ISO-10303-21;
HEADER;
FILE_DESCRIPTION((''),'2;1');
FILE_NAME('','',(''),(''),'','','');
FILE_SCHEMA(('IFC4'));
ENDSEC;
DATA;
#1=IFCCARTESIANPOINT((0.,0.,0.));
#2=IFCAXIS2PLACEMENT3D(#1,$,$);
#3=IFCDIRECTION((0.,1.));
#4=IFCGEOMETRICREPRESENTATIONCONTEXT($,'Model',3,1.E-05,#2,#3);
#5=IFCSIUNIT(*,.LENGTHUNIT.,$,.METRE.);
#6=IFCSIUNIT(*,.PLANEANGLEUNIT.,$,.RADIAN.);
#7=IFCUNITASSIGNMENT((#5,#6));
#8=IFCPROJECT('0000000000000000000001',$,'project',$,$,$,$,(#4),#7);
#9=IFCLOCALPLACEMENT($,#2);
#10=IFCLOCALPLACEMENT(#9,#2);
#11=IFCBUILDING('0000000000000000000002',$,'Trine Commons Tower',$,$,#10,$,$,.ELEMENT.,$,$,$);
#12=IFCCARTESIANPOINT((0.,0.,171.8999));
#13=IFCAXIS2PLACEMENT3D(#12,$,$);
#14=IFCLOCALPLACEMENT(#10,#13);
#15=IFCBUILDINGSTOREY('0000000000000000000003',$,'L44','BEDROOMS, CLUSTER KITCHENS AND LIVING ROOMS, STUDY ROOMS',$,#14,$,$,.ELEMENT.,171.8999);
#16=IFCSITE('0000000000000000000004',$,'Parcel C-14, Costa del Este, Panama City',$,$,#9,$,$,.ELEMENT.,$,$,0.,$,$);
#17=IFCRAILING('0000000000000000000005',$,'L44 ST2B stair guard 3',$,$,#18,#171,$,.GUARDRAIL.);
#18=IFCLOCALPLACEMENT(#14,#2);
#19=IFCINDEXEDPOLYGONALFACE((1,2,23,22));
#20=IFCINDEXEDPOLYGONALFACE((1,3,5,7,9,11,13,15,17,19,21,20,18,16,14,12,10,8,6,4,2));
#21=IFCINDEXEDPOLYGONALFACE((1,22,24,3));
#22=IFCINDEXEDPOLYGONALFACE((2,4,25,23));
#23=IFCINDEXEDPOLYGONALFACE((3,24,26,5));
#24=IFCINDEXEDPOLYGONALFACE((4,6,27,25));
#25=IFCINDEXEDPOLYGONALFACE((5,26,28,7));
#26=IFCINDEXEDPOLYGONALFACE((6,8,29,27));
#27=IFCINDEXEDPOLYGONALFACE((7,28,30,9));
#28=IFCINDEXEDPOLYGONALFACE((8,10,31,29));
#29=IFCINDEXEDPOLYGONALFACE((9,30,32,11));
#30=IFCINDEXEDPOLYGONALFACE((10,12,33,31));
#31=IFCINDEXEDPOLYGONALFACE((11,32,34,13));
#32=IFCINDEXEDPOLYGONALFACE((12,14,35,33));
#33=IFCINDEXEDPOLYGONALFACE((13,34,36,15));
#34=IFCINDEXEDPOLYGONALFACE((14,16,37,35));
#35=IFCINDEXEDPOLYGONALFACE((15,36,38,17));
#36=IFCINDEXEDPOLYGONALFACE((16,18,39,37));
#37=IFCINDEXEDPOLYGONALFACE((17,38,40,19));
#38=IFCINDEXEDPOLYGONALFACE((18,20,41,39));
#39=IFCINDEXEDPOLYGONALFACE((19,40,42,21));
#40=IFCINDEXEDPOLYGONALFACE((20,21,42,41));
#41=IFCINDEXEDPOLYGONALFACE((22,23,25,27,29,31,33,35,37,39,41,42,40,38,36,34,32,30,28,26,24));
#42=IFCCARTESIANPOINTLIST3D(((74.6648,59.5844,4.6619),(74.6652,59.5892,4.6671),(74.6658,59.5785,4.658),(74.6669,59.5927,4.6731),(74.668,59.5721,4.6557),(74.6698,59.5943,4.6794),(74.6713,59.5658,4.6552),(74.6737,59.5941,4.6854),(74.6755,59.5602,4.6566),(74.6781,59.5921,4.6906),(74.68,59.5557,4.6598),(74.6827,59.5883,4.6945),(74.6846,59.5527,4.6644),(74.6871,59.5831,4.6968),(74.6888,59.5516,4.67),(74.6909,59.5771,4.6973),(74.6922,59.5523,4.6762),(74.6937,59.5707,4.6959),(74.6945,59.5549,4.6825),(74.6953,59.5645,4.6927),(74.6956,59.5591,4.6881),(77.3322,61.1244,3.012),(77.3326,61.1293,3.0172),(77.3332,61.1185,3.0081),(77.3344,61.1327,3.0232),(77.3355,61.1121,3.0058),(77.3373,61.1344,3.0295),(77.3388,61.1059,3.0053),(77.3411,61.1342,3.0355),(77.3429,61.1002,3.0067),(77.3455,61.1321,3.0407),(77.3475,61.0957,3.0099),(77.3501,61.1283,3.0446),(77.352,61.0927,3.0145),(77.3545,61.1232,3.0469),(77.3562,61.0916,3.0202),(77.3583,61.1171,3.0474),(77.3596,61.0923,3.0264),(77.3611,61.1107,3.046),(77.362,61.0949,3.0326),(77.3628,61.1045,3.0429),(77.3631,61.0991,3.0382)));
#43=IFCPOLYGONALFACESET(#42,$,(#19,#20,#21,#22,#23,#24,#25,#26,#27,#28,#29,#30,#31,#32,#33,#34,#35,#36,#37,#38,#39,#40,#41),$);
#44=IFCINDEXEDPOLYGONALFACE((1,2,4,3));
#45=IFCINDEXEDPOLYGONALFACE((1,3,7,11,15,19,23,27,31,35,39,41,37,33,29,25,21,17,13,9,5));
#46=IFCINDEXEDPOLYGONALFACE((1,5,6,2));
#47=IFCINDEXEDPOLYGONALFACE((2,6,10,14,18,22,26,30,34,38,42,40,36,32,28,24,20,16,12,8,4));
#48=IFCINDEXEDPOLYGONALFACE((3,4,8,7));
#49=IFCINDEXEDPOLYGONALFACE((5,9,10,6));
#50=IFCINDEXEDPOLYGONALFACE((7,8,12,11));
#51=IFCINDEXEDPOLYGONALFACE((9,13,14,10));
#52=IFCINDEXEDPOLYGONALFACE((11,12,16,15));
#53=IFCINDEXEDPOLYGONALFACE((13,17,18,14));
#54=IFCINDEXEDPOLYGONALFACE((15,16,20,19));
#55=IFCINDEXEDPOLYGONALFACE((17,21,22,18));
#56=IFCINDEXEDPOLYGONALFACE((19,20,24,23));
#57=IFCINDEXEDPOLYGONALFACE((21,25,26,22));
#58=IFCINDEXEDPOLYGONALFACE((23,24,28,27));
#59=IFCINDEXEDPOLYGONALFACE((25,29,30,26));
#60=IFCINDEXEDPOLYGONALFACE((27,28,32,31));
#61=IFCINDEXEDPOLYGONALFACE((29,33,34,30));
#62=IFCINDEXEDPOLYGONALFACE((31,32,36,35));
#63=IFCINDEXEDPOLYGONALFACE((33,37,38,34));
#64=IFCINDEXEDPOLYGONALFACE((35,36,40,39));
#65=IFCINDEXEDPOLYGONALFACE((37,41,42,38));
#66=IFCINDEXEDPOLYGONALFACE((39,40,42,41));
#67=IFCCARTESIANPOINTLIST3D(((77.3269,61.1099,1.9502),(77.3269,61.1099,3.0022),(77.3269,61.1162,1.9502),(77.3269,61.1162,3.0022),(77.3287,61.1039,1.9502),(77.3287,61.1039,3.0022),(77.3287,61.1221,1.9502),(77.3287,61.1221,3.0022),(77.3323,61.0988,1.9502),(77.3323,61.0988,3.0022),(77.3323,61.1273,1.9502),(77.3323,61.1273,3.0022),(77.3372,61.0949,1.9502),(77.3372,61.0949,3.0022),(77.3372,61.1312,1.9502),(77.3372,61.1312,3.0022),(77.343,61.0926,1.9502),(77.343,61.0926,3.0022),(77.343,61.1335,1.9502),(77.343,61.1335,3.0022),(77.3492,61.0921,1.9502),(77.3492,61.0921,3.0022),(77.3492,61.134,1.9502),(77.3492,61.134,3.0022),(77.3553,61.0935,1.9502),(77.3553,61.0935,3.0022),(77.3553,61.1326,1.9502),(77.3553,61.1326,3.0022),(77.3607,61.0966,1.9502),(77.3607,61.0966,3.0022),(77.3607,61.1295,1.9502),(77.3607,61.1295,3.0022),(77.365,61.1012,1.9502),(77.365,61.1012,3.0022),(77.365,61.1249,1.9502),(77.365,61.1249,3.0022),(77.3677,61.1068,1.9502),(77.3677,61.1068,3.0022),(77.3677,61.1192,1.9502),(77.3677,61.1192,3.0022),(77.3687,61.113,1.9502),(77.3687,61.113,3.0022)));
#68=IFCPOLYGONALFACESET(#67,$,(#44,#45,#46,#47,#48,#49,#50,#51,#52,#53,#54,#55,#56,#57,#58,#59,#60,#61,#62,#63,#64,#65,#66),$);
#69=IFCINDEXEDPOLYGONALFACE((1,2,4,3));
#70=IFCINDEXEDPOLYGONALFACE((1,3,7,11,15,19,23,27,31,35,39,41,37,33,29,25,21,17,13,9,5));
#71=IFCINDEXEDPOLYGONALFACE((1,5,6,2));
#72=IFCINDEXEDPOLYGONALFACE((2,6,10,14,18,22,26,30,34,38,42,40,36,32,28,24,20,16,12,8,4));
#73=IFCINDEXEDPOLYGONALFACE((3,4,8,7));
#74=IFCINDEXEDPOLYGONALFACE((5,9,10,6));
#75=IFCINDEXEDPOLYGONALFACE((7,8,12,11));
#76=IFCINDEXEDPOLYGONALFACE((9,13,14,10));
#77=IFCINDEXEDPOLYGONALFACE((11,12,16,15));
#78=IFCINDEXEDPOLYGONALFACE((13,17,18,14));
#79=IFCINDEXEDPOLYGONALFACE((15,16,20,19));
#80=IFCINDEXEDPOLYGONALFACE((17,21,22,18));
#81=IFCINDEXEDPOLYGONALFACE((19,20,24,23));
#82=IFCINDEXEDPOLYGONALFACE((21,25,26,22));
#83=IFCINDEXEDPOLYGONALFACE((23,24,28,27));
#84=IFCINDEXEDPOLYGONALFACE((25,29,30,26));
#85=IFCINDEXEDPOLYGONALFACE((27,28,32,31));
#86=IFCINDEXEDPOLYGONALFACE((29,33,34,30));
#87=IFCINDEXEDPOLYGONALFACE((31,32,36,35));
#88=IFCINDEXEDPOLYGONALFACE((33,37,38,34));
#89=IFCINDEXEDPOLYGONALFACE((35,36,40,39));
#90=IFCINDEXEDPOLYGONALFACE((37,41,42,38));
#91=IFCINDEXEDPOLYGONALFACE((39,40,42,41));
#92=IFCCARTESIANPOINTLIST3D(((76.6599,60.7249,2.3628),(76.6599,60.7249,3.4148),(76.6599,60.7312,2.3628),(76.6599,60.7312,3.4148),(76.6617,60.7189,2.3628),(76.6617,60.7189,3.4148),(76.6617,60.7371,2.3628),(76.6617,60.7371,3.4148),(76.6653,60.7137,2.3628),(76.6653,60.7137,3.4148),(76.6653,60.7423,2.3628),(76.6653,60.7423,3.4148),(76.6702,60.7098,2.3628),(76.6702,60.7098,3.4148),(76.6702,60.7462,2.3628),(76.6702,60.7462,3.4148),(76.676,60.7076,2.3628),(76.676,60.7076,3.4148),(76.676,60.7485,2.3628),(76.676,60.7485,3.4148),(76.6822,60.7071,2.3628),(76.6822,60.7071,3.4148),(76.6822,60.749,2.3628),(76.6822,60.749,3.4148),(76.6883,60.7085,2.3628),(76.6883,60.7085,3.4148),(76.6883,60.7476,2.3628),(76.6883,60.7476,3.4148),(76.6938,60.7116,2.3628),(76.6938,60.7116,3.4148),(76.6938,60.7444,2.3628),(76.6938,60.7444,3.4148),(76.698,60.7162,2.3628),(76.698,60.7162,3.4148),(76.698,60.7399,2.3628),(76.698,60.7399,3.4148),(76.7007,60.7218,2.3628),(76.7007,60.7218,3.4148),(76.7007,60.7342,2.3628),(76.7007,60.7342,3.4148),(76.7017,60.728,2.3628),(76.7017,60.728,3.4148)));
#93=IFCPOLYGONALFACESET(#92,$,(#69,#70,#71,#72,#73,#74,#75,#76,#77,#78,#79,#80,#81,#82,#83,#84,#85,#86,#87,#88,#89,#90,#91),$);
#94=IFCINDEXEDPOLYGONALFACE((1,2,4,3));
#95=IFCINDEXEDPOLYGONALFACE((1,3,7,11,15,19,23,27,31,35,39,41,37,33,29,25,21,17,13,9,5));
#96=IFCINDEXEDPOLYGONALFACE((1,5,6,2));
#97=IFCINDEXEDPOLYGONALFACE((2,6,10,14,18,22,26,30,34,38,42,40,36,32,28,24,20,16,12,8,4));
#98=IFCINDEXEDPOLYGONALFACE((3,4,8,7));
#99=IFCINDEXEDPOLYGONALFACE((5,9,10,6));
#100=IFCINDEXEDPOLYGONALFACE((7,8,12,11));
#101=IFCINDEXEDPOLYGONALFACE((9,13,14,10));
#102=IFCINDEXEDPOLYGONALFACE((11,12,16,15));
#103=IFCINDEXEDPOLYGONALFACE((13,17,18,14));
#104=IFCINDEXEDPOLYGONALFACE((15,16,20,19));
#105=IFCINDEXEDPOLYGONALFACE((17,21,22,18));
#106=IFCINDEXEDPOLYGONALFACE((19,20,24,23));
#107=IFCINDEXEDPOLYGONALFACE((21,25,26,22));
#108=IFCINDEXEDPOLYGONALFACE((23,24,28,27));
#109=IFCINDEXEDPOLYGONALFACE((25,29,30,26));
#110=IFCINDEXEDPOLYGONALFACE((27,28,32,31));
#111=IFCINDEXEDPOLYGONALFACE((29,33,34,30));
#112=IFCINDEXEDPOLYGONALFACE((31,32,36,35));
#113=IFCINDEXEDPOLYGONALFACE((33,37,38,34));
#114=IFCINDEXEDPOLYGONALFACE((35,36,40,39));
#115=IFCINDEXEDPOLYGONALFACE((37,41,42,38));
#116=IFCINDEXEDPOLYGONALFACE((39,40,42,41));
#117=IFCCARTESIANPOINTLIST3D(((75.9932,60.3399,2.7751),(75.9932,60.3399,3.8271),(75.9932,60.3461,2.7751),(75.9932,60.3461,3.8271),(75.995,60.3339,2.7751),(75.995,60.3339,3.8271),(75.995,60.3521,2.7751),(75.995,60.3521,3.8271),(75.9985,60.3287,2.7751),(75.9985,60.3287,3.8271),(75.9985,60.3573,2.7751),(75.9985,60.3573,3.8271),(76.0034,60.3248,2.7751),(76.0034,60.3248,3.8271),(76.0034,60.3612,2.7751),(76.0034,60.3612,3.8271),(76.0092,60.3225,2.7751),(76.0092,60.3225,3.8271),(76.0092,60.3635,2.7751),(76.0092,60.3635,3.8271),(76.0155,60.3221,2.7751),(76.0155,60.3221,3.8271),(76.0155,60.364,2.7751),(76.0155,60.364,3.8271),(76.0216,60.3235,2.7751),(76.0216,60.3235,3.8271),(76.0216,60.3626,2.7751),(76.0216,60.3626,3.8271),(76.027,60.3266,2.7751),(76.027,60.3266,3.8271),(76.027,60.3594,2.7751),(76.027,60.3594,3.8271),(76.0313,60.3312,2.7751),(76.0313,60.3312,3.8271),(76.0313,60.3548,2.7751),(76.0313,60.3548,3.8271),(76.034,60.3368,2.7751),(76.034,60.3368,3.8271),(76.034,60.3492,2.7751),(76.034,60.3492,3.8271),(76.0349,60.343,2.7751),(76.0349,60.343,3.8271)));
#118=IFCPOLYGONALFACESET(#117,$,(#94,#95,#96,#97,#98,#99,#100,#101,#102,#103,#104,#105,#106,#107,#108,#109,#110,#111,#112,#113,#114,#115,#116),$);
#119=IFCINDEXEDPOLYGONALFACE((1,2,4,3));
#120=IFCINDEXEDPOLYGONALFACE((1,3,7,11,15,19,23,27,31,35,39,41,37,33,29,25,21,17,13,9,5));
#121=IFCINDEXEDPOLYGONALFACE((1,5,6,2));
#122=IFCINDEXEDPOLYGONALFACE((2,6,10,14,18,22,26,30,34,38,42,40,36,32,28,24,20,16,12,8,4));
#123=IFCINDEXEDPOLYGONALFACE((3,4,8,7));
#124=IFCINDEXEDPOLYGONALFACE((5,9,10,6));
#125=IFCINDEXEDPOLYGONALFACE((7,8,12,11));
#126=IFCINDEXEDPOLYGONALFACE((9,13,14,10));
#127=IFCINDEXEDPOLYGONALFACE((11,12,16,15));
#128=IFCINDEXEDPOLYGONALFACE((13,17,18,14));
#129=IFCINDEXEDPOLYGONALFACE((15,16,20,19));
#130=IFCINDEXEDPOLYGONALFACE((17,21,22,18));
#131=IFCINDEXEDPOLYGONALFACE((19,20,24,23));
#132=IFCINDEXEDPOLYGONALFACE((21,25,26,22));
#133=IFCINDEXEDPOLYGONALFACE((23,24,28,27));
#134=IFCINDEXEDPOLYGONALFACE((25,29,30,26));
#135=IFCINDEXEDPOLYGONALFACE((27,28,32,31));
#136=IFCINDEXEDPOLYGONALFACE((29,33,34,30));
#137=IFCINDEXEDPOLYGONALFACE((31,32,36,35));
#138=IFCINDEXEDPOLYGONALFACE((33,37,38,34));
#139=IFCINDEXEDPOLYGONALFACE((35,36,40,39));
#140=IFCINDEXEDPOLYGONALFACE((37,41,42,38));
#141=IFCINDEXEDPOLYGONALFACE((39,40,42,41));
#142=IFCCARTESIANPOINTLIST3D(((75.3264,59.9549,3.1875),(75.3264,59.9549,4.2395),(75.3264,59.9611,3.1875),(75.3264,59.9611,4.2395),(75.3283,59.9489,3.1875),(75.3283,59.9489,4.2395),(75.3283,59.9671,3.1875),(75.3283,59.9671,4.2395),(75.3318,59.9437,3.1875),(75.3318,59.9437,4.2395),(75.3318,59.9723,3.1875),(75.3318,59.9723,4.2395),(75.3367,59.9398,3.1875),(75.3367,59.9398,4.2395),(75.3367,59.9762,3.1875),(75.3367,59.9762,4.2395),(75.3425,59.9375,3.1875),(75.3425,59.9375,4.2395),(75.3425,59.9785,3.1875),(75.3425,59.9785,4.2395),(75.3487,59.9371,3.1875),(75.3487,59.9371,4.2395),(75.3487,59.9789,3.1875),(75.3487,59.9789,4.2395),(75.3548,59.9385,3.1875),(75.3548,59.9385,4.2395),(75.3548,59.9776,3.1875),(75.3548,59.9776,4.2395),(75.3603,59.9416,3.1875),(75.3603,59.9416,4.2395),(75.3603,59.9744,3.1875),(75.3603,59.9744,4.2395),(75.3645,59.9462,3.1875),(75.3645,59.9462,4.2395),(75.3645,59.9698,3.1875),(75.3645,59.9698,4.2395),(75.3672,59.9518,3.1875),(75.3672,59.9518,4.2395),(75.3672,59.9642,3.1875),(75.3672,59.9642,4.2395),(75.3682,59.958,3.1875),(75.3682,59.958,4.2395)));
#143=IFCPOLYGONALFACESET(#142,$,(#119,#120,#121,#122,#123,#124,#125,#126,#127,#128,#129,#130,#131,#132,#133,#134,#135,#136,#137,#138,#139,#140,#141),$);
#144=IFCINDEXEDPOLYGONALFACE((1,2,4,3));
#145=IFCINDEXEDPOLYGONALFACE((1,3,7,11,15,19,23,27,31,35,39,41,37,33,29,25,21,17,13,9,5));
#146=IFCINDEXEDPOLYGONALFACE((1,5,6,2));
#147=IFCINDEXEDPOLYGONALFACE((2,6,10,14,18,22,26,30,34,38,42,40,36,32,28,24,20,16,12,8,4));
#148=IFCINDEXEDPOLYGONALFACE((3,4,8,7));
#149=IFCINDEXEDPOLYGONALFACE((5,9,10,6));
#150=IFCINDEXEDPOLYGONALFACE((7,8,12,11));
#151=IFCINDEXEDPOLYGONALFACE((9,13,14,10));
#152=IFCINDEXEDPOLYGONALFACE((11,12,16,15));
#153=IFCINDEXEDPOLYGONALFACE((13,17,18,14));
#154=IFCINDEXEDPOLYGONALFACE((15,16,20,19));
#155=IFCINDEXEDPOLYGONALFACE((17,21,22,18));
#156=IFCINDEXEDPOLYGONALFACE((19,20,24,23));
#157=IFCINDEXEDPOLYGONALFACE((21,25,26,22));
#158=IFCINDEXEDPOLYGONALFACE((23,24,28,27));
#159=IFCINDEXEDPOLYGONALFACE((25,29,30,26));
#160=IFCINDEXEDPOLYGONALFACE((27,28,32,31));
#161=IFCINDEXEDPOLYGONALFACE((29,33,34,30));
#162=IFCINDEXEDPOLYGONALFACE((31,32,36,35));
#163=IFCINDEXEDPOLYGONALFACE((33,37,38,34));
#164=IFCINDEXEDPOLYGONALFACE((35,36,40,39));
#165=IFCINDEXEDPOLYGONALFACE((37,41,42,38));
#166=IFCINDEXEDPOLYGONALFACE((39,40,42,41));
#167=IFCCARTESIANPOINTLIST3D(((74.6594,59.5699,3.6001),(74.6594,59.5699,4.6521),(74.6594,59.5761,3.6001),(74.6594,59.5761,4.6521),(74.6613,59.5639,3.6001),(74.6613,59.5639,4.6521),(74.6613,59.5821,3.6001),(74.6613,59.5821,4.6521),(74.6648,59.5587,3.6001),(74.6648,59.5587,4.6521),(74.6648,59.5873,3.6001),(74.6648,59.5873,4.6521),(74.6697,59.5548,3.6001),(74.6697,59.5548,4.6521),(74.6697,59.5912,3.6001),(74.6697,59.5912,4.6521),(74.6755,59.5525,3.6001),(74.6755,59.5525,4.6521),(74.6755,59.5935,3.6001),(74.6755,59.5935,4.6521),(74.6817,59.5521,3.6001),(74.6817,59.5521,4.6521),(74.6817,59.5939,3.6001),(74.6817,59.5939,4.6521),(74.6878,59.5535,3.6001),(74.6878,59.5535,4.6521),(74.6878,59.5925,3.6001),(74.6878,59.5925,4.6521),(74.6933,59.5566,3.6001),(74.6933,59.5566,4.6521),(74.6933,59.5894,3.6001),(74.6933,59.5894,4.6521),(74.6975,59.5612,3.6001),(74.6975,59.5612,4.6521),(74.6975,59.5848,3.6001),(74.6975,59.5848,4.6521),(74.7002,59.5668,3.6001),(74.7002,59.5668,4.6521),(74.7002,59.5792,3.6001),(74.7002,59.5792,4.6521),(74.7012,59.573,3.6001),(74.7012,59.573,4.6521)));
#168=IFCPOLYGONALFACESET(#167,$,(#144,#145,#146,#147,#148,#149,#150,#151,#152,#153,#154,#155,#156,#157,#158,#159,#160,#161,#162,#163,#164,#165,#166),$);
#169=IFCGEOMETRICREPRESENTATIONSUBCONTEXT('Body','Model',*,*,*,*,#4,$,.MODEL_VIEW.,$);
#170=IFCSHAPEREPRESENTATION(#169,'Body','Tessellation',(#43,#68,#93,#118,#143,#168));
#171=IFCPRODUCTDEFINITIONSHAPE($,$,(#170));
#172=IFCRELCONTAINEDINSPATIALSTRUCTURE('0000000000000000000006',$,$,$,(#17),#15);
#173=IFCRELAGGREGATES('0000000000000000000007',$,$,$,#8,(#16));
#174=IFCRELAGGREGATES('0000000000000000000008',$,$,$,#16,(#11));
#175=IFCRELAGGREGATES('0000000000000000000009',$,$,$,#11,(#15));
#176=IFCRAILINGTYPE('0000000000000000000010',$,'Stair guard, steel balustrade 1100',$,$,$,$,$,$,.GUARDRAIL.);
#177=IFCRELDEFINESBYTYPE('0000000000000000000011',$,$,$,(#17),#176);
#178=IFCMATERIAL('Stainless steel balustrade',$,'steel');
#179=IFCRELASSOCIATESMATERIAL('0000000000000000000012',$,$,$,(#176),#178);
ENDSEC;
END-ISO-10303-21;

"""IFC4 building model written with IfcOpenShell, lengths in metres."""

from ifc_helpers import new_model, si_unit, direction, frame, origin, origin_2d, place, context, subcontext, project, spatial, circle, extrude, material, type_object, element, save


model = new_model("IFC4")

# Units and contexts
model_context = context("Model", 3, precision=1e-05, world=origin(), true_north=direction((0.0, 1.0)))
body_context = subcontext(model_context, "Body", "Model", "MODEL_VIEW")
ifc_project = project(units=[si_unit("LENGTHUNIT", "METRE"), si_unit("PLANEANGLEUNIT", "RADIAN")], contexts=[model_context])

# Site, building, storey
site_placement = place(None, origin())
site = spatial("IfcSite", under=ifc_project, at=site_placement, Name="Parcel C-14, Costa del Este, Panama City", CompositionType="ELEMENT", RefElevation=0.0)
building_placement = place(site_placement, origin())
building = spatial("IfcBuilding", under=site, at=building_placement, Name="Trine Commons Tower", CompositionType="ELEMENT")
storey_placement = place(building_placement, frame((0.0, 0.0, 171.8999)))
storey = spatial("IfcBuildingStorey", under=building, at=storey_placement, Name="L44", Description="BEDROOMS, CLUSTER KITCHENS AND LIVING ROOMS, STUDY ROOMS", CompositionType="ELEMENT", Elevation=171.8999)

# Railing
ifc_material_1 = material(Name="Stainless steel balustrade", Category="steel")
railing_type_1 = type_object("IfcRailingType", Name="Stair guard, steel balustrade 1100", PredefinedType="GUARDRAIL", material=ifc_material_1)
railing_1_placement = place(storey_placement, frame((77.3477, 61.113, 1.9502)))
element("IfcRailing", 1, at=railing_1_placement, inside=storey, type_object=railing_type_1, Name="L44 ST2B stair guard 3", PredefinedType="GUARDRAIL", context=body_context, shape_type="SweptSolid", body=[
    extrude(circle(Radius=0.0239, at=origin_2d()), frame((0.0, 0.0, 1.0762), z_axis=(-0.763405, -0.440743, 0.472185), x_axis=(0.499992, -0.86603, 0.0)), (0.0, 0.0, 1.0), 3.4941),
    extrude(circle(Radius=0.021, at=origin_2d()), origin(), (0.0, 0.0, 1.0), 1.052),
    extrude(circle(Radius=0.021, at=origin_2d()), frame((-0.667, -0.385, 0.4126)), (0.0, 0.0, 1.0), 1.052),
    extrude(circle(Radius=0.021, at=origin_2d()), frame((-1.3337, -0.77, 0.825)), (0.0, 0.0, 1.0), 1.052),
    extrude(circle(Radius=0.021, at=origin_2d()), frame((-2.0005, -1.155, 1.2373)), (0.0, 0.0, 1.0), 1.052),
    extrude(circle(Radius=0.021, at=origin_2d()), frame((-2.6675, -1.54, 1.6499)), (0.0, 0.0, 1.0), 1.052),
])

save(model, "model.ifc")
